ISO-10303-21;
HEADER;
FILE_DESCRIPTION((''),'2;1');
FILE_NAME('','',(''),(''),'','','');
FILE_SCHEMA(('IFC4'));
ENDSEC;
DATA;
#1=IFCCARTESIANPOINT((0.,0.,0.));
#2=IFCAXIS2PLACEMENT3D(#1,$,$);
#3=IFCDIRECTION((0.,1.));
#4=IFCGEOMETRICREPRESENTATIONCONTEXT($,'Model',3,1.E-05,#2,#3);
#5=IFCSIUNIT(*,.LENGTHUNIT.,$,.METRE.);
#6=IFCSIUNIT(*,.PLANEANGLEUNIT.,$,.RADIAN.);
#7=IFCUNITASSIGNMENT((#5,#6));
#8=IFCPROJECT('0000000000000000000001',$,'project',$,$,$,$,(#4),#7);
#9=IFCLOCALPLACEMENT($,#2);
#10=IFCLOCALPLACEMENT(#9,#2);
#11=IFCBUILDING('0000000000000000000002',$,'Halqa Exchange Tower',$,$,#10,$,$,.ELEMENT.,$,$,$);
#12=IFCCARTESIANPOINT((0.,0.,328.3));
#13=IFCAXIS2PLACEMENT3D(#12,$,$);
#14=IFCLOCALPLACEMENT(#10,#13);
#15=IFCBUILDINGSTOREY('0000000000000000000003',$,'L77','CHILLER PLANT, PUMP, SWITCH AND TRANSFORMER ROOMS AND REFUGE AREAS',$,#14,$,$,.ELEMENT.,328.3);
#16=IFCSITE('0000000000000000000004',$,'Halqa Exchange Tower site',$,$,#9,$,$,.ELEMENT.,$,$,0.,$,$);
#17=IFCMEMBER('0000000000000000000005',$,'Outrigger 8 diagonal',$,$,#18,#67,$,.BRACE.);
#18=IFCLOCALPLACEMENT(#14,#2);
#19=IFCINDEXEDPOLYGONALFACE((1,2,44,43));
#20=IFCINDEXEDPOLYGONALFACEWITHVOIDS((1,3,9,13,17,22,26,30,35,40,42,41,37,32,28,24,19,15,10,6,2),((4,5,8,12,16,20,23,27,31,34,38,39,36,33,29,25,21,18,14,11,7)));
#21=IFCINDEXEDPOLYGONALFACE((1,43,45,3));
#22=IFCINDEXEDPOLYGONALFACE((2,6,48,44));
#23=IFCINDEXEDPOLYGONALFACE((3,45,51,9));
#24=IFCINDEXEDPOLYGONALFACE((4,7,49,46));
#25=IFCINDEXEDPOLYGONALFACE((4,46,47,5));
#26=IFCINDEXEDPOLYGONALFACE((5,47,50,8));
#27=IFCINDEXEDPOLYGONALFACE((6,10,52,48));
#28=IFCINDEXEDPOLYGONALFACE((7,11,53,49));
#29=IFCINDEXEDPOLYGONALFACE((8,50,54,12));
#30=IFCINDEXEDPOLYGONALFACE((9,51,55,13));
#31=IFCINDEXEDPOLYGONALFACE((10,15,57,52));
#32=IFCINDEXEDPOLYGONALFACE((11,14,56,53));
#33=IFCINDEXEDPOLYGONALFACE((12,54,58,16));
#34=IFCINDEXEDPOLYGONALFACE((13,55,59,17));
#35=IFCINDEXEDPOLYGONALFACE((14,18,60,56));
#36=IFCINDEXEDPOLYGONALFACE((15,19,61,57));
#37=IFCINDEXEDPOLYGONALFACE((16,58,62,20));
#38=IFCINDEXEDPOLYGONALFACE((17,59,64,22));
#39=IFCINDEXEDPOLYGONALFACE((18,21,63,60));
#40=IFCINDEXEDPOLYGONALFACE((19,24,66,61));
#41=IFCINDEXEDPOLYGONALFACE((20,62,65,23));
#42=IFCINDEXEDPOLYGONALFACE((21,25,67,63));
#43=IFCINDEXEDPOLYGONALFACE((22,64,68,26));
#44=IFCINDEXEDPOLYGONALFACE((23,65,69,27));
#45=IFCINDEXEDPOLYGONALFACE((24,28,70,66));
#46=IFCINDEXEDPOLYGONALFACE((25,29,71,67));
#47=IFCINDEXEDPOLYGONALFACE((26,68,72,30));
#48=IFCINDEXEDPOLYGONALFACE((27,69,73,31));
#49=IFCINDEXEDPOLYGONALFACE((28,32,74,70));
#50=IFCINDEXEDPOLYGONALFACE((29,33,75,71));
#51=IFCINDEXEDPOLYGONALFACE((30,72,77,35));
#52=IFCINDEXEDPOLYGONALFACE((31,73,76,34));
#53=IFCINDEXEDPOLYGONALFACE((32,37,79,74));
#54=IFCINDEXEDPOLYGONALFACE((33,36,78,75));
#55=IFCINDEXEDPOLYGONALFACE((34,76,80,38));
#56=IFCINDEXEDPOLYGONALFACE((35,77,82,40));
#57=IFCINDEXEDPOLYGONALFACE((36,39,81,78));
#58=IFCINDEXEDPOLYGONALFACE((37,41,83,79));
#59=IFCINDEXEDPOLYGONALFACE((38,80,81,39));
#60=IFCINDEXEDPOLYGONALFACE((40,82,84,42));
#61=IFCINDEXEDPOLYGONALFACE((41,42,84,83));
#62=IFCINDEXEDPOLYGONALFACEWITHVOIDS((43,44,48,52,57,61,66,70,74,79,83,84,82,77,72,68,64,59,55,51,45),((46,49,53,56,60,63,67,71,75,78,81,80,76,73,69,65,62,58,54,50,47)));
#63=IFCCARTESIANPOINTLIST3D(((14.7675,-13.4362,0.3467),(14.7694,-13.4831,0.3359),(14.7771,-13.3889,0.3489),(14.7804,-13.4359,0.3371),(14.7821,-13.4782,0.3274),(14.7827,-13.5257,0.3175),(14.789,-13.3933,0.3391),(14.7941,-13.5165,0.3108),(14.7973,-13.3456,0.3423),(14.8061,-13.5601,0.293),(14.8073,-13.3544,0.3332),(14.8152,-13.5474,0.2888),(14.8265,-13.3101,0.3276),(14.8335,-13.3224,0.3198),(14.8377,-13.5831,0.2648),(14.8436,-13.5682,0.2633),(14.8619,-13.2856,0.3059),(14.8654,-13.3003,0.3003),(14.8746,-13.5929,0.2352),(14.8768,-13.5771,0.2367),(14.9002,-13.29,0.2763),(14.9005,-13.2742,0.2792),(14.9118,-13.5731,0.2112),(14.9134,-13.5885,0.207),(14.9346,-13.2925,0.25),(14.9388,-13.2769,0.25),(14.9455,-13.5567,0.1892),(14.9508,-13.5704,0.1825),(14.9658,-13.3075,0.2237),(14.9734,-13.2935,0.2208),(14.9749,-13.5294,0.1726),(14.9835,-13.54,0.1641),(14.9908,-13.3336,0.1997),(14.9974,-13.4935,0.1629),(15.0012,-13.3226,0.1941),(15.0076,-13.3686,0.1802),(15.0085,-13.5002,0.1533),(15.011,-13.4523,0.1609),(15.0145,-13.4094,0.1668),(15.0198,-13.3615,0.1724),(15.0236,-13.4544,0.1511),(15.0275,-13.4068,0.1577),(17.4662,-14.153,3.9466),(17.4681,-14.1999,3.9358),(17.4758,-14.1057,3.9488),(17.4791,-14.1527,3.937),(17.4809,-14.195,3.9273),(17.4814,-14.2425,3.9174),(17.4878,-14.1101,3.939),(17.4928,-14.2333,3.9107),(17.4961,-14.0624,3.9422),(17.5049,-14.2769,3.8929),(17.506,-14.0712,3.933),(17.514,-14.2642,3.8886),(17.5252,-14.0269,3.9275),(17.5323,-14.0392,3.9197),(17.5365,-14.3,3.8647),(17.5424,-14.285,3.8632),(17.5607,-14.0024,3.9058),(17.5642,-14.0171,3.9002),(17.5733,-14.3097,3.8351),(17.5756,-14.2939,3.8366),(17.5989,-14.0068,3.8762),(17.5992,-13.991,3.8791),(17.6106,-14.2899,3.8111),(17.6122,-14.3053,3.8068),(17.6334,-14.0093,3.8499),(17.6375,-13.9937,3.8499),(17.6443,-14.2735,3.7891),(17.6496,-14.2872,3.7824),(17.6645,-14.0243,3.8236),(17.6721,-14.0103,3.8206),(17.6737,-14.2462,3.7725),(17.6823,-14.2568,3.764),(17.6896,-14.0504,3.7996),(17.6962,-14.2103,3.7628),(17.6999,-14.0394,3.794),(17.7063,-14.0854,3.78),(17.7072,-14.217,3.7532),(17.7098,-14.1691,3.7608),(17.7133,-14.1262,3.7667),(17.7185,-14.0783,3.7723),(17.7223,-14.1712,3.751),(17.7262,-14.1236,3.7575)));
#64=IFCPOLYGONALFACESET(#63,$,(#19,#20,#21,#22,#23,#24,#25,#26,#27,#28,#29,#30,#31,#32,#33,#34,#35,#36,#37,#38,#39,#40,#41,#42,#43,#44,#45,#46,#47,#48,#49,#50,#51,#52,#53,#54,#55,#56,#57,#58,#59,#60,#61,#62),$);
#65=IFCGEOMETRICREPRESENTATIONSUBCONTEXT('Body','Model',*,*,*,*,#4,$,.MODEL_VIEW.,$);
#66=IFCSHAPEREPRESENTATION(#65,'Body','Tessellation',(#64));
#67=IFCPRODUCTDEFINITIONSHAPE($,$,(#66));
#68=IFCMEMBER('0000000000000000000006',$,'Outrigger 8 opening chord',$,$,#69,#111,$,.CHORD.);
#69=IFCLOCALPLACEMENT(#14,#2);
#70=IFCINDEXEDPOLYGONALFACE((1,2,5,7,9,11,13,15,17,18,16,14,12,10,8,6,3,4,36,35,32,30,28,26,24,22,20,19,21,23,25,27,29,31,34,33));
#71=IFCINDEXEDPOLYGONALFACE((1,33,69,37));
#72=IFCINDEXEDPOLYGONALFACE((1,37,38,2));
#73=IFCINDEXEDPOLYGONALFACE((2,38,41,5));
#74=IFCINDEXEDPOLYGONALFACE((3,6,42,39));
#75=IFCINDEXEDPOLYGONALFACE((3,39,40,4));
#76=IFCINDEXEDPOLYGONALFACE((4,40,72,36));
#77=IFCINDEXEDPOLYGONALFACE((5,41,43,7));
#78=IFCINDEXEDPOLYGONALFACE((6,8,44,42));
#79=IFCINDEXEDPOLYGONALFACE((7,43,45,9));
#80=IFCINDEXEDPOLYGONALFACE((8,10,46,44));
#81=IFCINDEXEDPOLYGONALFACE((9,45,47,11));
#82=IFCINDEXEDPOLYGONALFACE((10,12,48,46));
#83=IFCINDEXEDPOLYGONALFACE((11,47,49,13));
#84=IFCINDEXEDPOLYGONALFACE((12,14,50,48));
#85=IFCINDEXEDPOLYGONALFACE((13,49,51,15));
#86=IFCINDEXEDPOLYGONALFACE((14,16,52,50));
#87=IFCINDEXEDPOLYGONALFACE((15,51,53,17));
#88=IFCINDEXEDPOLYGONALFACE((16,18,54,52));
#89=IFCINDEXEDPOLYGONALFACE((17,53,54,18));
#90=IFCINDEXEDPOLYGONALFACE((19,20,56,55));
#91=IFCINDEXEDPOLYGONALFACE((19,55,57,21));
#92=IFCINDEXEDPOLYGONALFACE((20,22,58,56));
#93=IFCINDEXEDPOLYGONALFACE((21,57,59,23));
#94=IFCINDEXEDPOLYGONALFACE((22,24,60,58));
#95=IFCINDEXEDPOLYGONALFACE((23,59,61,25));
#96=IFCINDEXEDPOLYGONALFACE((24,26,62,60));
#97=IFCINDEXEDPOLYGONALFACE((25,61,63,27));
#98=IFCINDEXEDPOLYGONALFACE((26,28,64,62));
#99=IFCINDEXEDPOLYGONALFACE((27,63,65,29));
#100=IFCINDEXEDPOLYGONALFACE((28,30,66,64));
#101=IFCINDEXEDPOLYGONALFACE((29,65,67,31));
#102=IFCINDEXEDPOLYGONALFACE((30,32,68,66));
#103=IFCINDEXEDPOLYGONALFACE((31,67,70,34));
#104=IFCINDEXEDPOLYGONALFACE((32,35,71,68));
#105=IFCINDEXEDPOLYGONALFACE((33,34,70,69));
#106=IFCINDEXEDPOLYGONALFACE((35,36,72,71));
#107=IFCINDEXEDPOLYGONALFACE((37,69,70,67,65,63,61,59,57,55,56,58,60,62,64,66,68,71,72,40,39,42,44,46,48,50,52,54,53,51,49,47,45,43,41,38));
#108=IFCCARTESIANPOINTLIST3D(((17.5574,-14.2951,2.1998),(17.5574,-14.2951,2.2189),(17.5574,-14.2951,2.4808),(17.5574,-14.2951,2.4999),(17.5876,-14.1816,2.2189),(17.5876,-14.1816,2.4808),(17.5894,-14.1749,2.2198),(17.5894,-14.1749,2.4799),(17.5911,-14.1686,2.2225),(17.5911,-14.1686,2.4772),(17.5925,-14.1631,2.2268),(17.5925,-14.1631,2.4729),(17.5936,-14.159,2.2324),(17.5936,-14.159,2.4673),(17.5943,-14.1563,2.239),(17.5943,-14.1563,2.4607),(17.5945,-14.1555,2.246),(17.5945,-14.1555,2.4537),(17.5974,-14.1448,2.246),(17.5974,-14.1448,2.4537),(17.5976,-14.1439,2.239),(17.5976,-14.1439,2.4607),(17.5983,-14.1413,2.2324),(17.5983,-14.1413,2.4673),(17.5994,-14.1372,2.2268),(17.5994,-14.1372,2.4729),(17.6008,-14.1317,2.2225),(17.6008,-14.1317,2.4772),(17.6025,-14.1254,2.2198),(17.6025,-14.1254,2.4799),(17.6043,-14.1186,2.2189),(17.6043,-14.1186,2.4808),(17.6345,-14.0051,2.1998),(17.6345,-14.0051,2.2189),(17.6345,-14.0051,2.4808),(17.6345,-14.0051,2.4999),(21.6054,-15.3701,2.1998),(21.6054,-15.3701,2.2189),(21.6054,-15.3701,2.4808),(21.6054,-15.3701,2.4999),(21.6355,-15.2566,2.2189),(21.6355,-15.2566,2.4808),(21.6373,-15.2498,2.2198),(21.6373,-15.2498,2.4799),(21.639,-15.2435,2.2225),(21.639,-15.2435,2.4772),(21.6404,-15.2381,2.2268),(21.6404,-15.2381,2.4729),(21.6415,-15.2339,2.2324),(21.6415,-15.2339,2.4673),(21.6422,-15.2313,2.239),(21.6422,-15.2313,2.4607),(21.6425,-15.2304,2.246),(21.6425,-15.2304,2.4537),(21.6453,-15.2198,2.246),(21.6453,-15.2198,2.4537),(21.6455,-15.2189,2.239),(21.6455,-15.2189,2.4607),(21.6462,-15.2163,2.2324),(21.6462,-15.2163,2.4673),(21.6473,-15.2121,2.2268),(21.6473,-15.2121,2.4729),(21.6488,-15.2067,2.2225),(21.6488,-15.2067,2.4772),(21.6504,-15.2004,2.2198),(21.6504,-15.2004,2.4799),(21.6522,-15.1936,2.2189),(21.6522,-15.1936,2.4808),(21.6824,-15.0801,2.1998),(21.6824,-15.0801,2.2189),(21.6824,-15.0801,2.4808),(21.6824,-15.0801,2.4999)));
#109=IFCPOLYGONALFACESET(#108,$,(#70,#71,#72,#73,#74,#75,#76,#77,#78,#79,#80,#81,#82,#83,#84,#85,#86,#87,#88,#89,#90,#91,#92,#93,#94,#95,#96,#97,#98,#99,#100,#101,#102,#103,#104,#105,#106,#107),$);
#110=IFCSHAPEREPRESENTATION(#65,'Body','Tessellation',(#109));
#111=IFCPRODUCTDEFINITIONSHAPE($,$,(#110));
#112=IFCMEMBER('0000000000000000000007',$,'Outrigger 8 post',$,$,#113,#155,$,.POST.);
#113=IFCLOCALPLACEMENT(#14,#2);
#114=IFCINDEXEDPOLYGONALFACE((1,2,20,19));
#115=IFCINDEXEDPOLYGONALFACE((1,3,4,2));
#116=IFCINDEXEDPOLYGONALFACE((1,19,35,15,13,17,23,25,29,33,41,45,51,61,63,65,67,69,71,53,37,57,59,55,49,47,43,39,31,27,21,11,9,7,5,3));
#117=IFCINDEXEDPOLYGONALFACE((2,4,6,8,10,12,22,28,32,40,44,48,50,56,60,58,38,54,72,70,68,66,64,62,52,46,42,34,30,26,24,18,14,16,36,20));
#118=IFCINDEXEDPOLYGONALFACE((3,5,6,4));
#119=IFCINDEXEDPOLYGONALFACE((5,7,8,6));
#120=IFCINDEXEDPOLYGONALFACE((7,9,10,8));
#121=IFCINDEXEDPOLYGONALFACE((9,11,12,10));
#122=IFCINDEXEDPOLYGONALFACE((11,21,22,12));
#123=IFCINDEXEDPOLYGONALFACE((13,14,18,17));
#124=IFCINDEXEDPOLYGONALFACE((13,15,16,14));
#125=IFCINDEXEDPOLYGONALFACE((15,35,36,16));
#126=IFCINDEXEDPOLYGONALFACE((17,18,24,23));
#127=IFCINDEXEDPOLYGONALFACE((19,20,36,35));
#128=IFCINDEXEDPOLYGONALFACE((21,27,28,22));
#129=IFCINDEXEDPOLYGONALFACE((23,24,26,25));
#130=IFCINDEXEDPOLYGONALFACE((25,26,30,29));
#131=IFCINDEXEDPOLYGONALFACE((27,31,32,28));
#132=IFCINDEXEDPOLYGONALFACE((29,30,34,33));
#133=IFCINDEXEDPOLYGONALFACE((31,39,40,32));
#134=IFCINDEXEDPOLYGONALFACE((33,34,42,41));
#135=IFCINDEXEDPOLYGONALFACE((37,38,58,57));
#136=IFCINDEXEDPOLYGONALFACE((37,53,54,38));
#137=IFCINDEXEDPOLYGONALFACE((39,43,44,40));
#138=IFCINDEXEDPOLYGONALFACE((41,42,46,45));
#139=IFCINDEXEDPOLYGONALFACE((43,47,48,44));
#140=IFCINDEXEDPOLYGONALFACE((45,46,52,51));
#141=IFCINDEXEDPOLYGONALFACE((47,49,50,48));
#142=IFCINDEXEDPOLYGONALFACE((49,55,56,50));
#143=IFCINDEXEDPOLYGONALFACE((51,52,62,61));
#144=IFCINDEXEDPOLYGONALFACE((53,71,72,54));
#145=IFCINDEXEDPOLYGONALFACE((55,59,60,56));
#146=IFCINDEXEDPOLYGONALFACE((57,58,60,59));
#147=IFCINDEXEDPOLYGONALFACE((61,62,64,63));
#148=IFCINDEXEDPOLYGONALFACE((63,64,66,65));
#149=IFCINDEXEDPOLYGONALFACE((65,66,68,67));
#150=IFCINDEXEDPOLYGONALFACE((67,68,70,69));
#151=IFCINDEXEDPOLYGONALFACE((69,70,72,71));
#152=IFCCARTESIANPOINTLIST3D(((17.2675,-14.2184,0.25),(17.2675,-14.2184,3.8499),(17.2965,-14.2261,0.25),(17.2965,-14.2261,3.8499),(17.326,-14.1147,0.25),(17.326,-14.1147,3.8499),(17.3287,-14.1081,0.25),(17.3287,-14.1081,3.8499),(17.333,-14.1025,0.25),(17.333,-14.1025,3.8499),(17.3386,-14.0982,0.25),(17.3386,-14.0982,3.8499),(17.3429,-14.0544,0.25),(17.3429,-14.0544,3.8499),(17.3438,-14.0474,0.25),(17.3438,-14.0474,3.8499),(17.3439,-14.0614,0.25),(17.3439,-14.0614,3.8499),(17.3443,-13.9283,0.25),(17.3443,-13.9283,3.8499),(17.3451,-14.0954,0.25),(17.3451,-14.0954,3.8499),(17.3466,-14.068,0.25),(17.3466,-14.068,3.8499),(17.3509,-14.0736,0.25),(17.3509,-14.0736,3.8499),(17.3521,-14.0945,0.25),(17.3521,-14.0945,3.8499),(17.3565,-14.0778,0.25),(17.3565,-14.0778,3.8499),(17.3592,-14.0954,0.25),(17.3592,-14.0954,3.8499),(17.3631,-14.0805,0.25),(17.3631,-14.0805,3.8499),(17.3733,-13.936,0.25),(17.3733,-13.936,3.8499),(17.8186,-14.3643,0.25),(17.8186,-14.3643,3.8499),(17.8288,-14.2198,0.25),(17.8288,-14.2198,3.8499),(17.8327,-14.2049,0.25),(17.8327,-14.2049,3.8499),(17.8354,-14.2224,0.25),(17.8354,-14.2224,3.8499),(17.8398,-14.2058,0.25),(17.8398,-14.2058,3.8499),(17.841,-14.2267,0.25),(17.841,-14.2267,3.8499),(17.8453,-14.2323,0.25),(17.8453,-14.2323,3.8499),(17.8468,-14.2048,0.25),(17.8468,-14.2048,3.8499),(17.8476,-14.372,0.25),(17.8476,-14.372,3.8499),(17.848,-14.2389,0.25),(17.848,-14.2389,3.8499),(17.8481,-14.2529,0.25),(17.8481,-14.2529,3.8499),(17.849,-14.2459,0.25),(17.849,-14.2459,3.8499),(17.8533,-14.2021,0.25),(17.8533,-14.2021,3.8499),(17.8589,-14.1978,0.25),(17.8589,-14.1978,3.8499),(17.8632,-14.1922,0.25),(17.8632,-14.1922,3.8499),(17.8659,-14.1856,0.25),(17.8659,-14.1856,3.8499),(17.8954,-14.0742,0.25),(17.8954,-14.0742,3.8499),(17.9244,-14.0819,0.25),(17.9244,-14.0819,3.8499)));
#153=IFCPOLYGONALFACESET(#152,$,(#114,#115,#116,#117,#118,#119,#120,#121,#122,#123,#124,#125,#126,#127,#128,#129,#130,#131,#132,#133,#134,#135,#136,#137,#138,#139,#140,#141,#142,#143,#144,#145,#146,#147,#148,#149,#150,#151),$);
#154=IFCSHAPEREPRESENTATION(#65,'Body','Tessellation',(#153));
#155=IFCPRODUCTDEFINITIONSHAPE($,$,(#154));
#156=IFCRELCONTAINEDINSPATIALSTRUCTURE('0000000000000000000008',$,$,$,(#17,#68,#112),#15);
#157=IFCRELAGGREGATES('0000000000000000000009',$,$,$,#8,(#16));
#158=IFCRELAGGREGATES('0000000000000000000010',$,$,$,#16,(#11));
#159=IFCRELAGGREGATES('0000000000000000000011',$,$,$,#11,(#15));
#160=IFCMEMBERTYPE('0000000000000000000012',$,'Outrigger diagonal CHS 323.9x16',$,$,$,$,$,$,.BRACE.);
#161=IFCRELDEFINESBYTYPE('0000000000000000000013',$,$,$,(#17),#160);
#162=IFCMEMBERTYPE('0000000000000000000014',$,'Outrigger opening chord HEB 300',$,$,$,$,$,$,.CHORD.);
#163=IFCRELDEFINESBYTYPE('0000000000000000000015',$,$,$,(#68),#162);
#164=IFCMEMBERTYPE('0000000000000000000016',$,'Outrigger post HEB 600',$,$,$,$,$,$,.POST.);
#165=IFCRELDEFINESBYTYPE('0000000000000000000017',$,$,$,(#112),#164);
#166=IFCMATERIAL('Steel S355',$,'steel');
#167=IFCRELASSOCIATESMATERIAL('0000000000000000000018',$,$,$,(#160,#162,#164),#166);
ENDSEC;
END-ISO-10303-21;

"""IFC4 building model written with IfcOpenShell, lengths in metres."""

from ifc_helpers import new_model, si_unit, direction, frame, origin, origin_2d, place, context, subcontext, project, spatial, hollow_circle, i_section, extrude, material, material_profile, profile_set, type_object, element, save


model = new_model("IFC4")

# Units and contexts
model_context = context("Model", 3, precision=1e-05, world=origin(), true_north=direction((0.0, 1.0)))
body_context = subcontext(model_context, "Body", "Model", "MODEL_VIEW")
ifc_project = project(units=[si_unit("LENGTHUNIT", "METRE"), si_unit("PLANEANGLEUNIT", "RADIAN")], contexts=[model_context])

# Site, building, storey
site_placement = place(None, origin())
site = spatial("IfcSite", under=ifc_project, at=site_placement, Name="Halqa Exchange Tower site", CompositionType="ELEMENT", RefElevation=0.0)
building_placement = place(site_placement, origin())
building = spatial("IfcBuilding", under=site, at=building_placement, Name="Halqa Exchange Tower", CompositionType="ELEMENT")
storey_placement = place(building_placement, frame((0.0, 0.0, 328.3)))
storey = spatial("IfcBuildingStorey", under=building, at=storey_placement, Name="L77", Description="CHILLER PLANT, PUMP, SWITCH AND TRANSFORMER ROOMS AND REFUGE AREAS", CompositionType="ELEMENT", Elevation=328.3)

# Members
ifc_material_1 = material(Name="Steel S355", Category="steel")
ifc_material_profile_1 = material_profile(ifc_material_1, hollow_circle(Radius=0.1619, WallThickness=0.0161, at=origin_2d()), Name="CHS 323.9x16")
ifc_profile_set_1 = profile_set([ifc_material_profile_1], Name="Steel S355")
member_type_1 = type_object("IfcMemberType", Name="Outrigger diagonal CHS 323.9x16", PredefinedType="BRACE", material=ifc_profile_set_1)
member_1_placement = place(storey_placement, frame((14.8972, -13.4333, 0.25), z_axis=(0.592364, -0.157335, 0.790158), x_axis=(0.256705, 0.96649, 0.0)))
element("IfcMember", 1, at=member_1_placement, inside=storey, type_object=member_type_1, Name="Outrigger 8 diagonal", PredefinedType="BRACE", context=body_context, shape_type="SweptSolid", body=[
    extrude(hollow_circle(Radius=0.1619, WallThickness=0.0161, at=origin_2d()), origin(), (0.0, 0.0, 1.0), 4.5559),
])
ifc_material_profile_2 = material_profile(ifc_material_1, i_section(OverallWidth=0.3, OverallDepth=0.3, WebThickness=0.011, FlangeThickness=0.019, FilletRadius=0.0271, at=origin_2d()), Name="HEB 300")
ifc_profile_set_2 = profile_set([ifc_material_profile_2], Name="Steel S355")
member_type_2 = type_object("IfcMemberType", Name="Outrigger opening chord HEB 300", PredefinedType="CHORD", material=ifc_profile_set_2)
member_2_placement = place(storey_placement, frame((17.5959, -14.1501, 2.3499), z_axis=(0.9665, -0.256665, 0.0), x_axis=(0.256665, 0.9665, 0.0)))
element("IfcMember", 2, at=member_2_placement, inside=storey, type_object=member_type_2, Name="Outrigger 8 opening chord", PredefinedType="CHORD", context=body_context, shape_type="SweptSolid", body=[
    extrude(i_section(OverallWidth=0.3, OverallDepth=0.3, WebThickness=0.011, FlangeThickness=0.019, FilletRadius=0.0271, at=origin_2d()), origin(), (0.0, 0.0, 1.0), 4.1882),
])
ifc_material_profile_3 = material_profile(ifc_material_1, i_section(OverallWidth=0.3, OverallDepth=0.6001, WebThickness=0.0154, FlangeThickness=0.03, FilletRadius=0.0271, at=origin_2d()), Name="HEB 600")
ifc_profile_set_3 = profile_set([ifc_material_profile_3], Name="Steel S355")
member_type_3 = type_object("IfcMemberType", Name="Outrigger post HEB 600", PredefinedType="POST", material=ifc_profile_set_3)
member_3_placement = place(storey_placement, frame((17.5959, -14.1501, 0.25), z_axis=(0.0, 0.0, 1.0), x_axis=(0.255952, 0.96669, 0.0)))
element("IfcMember", 3, at=member_3_placement, inside=storey, type_object=member_type_3, Name="Outrigger 8 post", PredefinedType="POST", context=body_context, shape_type="SweptSolid", body=[
    extrude(i_section(OverallWidth=0.3, OverallDepth=0.6001, WebThickness=0.0154, FlangeThickness=0.03, FilletRadius=0.0271, at=origin_2d()), origin(), (0.0, 0.0, 1.0), 3.5999),
])

save(model, "model.ifc")
